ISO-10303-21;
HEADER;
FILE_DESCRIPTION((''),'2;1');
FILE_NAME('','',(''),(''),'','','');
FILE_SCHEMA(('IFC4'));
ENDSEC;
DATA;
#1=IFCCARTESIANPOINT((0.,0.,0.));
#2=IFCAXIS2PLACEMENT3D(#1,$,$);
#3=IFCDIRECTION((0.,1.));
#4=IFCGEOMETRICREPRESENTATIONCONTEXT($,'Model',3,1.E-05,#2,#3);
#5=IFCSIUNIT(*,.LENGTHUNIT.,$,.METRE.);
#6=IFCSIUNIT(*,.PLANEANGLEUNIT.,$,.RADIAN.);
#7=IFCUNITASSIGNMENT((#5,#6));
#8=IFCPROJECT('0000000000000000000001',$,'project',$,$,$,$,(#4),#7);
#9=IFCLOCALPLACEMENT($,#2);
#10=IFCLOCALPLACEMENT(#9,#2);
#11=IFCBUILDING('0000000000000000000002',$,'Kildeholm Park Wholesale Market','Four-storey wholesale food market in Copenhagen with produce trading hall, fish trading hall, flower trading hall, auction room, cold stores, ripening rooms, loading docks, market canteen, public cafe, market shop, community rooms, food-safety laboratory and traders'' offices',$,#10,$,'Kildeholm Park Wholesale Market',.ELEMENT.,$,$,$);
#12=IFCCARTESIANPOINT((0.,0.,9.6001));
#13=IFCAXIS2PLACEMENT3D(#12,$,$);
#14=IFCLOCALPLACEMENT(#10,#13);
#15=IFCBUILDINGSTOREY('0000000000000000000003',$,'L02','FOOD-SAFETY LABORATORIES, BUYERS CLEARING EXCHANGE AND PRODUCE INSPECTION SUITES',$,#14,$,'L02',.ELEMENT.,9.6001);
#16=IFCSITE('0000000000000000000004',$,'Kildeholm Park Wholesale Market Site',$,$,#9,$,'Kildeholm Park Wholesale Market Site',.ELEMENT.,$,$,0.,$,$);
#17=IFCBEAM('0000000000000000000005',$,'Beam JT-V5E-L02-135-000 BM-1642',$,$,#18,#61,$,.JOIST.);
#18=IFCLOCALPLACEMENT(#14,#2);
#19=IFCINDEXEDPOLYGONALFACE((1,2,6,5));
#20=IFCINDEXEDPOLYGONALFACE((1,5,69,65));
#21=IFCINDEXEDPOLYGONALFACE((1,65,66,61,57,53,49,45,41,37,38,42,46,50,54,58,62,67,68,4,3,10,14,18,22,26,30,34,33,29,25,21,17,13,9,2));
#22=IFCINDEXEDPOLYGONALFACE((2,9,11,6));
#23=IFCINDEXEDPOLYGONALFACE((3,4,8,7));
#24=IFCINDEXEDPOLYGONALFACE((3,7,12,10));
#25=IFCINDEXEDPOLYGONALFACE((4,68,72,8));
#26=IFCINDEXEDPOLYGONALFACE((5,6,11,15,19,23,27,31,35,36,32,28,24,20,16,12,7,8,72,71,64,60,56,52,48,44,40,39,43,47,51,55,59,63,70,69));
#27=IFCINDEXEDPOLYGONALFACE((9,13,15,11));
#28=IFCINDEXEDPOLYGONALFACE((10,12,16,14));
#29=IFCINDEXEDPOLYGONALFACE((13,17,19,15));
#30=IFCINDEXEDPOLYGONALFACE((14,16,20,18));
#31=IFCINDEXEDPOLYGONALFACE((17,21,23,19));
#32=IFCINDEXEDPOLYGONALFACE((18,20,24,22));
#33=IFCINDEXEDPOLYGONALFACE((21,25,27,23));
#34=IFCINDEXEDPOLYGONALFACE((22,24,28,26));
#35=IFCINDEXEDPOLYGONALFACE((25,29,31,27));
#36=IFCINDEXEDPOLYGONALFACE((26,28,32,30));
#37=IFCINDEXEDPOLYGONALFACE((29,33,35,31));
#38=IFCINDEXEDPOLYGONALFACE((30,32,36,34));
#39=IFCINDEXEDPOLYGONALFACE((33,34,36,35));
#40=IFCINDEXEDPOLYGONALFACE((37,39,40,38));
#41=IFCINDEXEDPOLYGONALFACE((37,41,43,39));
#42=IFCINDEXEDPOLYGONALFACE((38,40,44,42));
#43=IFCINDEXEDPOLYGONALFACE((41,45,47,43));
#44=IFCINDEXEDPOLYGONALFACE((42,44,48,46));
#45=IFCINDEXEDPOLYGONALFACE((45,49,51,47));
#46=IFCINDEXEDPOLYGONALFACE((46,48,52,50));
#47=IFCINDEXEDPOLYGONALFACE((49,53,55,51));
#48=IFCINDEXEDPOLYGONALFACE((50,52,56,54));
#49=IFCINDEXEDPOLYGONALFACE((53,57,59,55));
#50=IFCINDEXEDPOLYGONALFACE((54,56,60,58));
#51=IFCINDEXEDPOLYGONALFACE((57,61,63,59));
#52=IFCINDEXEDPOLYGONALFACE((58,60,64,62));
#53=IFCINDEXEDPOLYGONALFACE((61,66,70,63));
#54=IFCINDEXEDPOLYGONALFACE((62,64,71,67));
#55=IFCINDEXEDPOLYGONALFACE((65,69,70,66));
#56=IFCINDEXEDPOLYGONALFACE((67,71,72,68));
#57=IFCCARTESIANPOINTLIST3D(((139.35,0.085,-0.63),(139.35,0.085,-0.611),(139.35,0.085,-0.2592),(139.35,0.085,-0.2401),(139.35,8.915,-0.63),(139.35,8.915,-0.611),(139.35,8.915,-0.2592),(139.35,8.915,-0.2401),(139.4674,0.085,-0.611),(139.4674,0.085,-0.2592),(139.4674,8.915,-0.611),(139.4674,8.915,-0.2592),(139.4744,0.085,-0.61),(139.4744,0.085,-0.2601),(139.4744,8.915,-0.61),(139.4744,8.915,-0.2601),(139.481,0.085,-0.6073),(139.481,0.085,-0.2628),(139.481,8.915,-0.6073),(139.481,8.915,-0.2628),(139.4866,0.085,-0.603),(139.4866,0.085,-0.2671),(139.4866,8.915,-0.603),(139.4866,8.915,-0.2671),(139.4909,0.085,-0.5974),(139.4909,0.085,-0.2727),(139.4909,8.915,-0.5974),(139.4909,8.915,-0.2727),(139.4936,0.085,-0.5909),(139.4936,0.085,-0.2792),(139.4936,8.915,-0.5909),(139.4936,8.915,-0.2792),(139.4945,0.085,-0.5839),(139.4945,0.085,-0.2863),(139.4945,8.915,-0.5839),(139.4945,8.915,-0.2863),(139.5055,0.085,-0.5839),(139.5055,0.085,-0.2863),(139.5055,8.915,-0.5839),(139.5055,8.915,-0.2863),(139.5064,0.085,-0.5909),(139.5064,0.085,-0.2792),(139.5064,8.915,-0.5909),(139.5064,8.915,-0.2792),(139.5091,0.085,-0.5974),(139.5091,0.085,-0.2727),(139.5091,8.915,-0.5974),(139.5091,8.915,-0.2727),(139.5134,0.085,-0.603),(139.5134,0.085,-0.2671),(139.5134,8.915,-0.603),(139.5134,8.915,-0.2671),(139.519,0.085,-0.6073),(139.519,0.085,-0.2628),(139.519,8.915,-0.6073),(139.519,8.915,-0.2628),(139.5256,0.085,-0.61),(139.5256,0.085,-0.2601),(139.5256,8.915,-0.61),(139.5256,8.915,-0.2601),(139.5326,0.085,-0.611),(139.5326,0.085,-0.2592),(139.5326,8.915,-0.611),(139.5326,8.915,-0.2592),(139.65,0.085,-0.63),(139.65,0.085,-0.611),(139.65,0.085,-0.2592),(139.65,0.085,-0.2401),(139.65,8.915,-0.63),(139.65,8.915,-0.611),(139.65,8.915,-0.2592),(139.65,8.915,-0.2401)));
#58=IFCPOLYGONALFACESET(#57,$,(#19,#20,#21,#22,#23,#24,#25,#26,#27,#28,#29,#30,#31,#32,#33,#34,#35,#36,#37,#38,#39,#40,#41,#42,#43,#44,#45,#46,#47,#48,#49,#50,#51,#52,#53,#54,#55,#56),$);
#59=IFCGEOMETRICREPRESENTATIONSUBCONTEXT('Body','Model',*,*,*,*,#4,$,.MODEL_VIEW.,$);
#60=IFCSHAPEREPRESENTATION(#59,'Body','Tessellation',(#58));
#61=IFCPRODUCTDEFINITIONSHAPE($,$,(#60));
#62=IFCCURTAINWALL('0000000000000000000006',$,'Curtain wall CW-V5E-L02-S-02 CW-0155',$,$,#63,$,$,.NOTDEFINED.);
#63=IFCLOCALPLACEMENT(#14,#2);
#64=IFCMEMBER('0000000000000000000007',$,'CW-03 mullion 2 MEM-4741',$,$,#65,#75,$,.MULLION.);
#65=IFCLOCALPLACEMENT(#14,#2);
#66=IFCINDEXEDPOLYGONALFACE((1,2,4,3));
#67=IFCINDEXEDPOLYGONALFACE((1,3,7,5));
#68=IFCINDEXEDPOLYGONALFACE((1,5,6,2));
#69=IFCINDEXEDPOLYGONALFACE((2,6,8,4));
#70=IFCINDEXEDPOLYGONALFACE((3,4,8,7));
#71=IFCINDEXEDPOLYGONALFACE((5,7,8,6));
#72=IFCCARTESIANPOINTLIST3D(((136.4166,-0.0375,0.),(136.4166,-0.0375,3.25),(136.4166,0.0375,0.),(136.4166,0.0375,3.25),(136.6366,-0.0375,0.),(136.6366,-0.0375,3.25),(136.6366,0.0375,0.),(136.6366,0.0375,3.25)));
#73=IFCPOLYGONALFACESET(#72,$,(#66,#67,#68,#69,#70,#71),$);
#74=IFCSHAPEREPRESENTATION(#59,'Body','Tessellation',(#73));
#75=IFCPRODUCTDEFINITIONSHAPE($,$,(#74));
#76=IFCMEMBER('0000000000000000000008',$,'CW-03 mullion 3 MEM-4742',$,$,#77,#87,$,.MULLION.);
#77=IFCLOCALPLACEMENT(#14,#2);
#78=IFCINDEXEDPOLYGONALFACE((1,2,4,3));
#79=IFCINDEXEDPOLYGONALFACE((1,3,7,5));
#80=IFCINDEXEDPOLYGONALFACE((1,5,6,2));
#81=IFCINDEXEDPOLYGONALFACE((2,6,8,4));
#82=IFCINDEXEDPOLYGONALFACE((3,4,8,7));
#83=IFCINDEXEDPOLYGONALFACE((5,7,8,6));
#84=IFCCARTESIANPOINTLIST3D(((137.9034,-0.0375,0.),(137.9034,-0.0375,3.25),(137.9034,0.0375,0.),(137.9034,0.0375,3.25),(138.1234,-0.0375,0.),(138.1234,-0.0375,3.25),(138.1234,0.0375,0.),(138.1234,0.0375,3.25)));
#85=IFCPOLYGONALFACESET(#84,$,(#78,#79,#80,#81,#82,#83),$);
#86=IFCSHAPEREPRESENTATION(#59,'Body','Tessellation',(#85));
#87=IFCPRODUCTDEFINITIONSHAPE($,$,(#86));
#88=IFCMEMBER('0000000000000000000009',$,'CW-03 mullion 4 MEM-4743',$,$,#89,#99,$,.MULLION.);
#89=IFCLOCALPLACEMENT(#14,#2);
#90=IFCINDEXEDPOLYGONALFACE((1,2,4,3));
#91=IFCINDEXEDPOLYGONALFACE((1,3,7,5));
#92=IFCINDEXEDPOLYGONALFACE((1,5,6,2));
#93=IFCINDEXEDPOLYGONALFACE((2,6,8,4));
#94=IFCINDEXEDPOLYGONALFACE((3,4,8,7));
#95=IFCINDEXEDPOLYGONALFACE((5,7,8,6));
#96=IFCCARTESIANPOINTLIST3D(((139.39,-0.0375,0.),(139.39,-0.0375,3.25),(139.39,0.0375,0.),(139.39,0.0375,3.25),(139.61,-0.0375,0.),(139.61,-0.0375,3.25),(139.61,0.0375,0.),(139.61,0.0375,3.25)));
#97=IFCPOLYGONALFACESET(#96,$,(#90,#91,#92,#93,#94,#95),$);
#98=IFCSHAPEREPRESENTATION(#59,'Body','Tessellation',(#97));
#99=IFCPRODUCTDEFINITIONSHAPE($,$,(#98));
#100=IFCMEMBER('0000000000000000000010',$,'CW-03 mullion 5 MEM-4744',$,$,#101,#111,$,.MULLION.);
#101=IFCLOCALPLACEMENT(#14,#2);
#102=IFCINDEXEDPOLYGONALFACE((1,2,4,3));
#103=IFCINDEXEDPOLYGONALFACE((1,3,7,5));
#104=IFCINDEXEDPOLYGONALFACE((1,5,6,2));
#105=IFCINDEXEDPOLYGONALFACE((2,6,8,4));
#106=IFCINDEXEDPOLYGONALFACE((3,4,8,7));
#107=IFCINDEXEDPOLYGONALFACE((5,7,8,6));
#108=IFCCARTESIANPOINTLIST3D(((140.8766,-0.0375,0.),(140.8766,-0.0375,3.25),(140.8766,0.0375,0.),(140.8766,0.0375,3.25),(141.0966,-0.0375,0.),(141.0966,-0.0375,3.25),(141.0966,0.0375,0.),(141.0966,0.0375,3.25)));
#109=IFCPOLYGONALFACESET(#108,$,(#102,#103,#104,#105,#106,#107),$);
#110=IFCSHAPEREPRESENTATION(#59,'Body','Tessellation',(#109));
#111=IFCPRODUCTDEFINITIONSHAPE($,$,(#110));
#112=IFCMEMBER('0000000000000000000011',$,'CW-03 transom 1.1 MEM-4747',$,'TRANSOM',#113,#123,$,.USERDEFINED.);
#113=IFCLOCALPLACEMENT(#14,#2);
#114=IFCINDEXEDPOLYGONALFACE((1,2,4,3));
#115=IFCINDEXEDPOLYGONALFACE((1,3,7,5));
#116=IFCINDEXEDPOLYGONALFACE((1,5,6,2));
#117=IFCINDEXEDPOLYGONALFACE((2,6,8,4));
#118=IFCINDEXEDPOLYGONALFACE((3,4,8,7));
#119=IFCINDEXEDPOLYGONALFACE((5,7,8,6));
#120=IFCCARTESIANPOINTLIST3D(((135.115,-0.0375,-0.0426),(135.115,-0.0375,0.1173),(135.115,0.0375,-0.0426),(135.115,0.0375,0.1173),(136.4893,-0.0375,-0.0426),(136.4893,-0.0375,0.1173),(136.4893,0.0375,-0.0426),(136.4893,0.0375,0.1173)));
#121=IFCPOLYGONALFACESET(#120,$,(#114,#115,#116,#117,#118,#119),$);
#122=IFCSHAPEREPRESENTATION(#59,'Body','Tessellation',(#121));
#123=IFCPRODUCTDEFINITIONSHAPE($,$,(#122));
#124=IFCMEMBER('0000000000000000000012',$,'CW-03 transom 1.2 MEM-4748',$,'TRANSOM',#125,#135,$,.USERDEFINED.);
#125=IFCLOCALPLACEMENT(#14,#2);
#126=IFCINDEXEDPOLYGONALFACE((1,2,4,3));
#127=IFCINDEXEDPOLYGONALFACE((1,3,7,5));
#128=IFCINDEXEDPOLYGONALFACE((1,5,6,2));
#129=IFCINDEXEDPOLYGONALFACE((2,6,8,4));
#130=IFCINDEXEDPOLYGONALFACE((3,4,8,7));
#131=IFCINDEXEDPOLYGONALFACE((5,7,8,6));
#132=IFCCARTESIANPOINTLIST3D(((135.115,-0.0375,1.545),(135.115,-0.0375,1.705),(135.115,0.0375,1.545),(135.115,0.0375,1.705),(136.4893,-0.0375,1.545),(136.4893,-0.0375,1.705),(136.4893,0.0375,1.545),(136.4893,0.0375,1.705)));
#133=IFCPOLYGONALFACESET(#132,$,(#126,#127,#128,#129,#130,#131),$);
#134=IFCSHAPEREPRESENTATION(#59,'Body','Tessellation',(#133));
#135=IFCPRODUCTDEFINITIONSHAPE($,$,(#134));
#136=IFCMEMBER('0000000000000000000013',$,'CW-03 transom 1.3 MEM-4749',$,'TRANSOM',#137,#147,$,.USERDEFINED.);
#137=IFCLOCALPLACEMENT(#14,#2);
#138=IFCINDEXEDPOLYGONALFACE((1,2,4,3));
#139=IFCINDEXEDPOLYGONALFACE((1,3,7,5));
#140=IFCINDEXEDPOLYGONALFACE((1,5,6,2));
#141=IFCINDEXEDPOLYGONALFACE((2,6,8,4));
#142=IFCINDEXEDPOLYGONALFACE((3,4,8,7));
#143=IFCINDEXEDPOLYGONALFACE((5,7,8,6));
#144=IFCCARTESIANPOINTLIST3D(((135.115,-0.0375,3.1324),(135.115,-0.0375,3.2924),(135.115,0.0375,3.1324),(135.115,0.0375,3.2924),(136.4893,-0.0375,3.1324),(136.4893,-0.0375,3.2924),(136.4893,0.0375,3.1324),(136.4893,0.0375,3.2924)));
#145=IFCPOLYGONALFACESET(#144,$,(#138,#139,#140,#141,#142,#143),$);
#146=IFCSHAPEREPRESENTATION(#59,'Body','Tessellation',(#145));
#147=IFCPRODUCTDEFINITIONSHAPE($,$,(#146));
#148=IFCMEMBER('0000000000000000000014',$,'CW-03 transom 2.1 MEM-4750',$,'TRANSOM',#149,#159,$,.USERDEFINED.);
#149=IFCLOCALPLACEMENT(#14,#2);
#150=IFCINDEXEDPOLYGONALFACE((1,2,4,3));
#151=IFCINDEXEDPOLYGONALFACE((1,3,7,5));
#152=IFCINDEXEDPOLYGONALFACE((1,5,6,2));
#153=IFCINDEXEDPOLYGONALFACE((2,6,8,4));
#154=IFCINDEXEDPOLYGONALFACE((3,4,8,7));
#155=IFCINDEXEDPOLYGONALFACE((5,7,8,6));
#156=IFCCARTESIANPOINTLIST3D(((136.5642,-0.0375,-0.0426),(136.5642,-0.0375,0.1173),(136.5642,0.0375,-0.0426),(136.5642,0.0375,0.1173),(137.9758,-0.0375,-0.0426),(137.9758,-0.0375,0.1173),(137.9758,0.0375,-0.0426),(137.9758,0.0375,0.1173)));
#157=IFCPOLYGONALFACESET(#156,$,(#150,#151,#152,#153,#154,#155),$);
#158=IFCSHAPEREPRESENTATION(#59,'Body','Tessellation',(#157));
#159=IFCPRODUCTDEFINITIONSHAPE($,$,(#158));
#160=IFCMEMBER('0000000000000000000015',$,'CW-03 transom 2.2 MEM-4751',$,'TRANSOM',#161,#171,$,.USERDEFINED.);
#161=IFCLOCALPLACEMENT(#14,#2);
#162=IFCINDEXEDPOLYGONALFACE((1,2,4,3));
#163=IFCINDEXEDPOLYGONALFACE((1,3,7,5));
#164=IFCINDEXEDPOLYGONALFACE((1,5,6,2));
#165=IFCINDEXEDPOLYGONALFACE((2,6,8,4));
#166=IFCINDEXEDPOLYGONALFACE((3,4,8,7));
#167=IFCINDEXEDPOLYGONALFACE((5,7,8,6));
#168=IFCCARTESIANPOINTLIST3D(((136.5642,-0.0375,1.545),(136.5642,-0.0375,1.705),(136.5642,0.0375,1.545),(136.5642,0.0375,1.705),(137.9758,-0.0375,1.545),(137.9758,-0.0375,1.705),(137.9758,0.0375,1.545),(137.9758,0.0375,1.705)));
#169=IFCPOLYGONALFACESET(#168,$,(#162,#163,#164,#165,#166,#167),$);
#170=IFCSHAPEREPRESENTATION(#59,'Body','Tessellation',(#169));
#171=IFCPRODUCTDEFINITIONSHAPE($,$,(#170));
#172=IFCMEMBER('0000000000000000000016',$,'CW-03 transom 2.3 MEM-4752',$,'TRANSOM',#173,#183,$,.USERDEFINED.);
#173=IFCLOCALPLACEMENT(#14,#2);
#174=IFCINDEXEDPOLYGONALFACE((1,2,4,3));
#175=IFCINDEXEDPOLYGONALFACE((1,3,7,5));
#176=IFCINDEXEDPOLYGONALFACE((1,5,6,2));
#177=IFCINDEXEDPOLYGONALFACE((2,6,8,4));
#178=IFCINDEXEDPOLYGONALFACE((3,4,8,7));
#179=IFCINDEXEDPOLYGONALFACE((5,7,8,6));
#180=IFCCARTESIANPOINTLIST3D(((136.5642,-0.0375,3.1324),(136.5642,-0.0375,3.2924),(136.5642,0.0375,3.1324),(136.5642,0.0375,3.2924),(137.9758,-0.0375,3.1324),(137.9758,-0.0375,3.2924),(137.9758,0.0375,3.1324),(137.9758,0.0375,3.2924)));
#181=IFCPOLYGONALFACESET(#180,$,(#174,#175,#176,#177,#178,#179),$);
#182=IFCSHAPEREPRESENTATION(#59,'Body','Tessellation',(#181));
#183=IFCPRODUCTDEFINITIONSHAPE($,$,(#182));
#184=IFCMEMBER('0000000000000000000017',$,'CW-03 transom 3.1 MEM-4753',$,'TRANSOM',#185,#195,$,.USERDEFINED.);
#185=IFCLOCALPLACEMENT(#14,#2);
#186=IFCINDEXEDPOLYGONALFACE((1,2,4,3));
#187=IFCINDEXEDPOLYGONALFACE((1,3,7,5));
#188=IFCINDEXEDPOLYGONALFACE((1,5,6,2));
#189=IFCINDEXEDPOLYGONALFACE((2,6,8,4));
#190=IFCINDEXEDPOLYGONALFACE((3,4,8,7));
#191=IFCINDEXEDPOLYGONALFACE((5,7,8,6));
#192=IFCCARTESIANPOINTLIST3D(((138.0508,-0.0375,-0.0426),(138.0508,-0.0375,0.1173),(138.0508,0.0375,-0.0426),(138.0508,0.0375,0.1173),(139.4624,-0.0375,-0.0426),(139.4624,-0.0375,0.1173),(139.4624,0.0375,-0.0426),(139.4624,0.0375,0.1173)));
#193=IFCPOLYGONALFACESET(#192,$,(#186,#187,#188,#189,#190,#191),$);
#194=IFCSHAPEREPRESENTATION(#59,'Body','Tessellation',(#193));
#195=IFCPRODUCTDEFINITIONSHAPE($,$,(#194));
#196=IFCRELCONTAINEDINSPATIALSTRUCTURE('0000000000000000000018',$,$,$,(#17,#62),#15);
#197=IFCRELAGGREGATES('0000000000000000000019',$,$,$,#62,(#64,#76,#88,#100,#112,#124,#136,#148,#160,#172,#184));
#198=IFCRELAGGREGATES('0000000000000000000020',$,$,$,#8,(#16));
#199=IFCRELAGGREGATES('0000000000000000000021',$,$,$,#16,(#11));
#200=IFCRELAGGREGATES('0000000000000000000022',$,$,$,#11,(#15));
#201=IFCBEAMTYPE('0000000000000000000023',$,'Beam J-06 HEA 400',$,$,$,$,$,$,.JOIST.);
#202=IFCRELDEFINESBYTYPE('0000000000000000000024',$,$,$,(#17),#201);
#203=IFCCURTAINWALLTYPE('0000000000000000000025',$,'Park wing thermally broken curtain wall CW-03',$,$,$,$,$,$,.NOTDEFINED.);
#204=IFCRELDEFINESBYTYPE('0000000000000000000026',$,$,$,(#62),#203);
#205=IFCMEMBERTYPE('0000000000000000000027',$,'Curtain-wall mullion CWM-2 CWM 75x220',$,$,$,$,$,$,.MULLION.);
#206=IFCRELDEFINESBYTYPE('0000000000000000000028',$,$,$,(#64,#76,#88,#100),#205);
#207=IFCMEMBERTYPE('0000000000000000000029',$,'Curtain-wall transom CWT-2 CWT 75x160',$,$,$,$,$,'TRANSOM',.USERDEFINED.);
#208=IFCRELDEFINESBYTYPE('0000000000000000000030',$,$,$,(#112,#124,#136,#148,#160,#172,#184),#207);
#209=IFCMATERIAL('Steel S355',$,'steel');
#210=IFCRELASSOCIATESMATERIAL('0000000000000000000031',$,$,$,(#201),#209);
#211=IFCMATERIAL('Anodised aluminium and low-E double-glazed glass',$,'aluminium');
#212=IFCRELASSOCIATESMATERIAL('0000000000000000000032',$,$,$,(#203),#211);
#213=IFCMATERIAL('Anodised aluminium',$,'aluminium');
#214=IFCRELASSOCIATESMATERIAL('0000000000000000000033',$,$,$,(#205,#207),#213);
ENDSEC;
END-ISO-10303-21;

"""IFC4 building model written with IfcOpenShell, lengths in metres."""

from ifc_helpers import new_model, si_unit, direction, frame, origin, origin_2d, place, context, subcontext, project, spatial, rectangle, i_section, extrude, material, material_profile, profile_set, type_object, element, aggregate, save


model = new_model("IFC4")

# Units and contexts
model_context = context("Model", 3, precision=1e-05, world=origin(), true_north=direction((0.0, 1.0)))
body_context = subcontext(model_context, "Body", "Model", "MODEL_VIEW")
ifc_project = project(units=[si_unit("LENGTHUNIT", "METRE"), si_unit("PLANEANGLEUNIT", "RADIAN")], contexts=[model_context])

# Site, building, storey
site_placement = place(None, origin())
site = spatial("IfcSite", under=ifc_project, at=site_placement, Name="Kildeholm Park Wholesale Market Site", LongName="Kildeholm Park Wholesale Market Site", CompositionType="ELEMENT", RefElevation=0.0)
building_placement = place(site_placement, origin())
building = spatial("IfcBuilding", under=site, at=building_placement, Name="Kildeholm Park Wholesale Market", Description="Four-storey wholesale food market in Copenhagen with produce trading hall, fish trading hall, flower trading hall, auction room, cold stores, ripening rooms, loading docks, market canteen, public cafe, market shop, community rooms, food-safety laboratory and traders' offices", LongName="Kildeholm Park Wholesale Market", CompositionType="ELEMENT")
storey_placement = place(building_placement, frame((0.0, 0.0, 9.6001)))
storey = spatial("IfcBuildingStorey", under=building, at=storey_placement, Name="L02", Description="FOOD-SAFETY LABORATORIES, BUYERS CLEARING EXCHANGE AND PRODUCE INSPECTION SUITES", LongName="L02", CompositionType="ELEMENT", Elevation=9.6001)

# Beam
ifc_material_1 = material(Name="Steel S355", Category="steel")
ifc_material_profile_1 = material_profile(ifc_material_1, i_section(OverallWidth=0.3, OverallDepth=0.3899, WebThickness=0.011, FlangeThickness=0.019, FilletRadius=0.0271, at=origin_2d()), Name="HEA 400")
ifc_profile_set_1 = profile_set([ifc_material_profile_1], Name="Steel S355")
beam_type = type_object("IfcBeamType", Name="Beam J-06 HEA 400", PredefinedType="JOIST", material=ifc_profile_set_1)
beam_placement = place(storey_placement, frame((139.5, 0.085, -0.4351), z_axis=(0.0, 1.0, 0.0), x_axis=(-1.0, 0.0, 0.0)))
element("IfcBeam", 1, at=beam_placement, inside=storey, type_object=beam_type, Name="Beam JT-V5E-L02-135-000 BM-1642", PredefinedType="JOIST", context=body_context, shape_type="SweptSolid", body=[
    extrude(i_section(OverallWidth=0.3, OverallDepth=0.3899, WebThickness=0.011, FlangeThickness=0.019, FilletRadius=0.0271, at=origin_2d()), origin(), (0.0, 0.0, 1.0), 8.8301),
])

# Curtain wall, members
ifc_material_2 = material(Name="Anodised aluminium and low-E double-glazed glass", Category="aluminium")
curtain_wall_type = type_object("IfcCurtainWallType", Name="Park wing thermally broken curtain wall CW-03", PredefinedType="NOTDEFINED", material=ifc_material_2)
curtain_wall_placement = place(storey_placement, origin())
curtain_wall = element("IfcCurtainWall", 2, at=curtain_wall_placement, inside=storey, type_object=curtain_wall_type, Name="Curtain wall CW-V5E-L02-S-02 CW-0155", PredefinedType="NOTDEFINED")
ifc_material_3 = material(Name="Anodised aluminium", Category="aluminium")
ifc_material_profile_2 = material_profile(ifc_material_3, rectangle(XDim=0.075, YDim=0.22, at=origin_2d()), Name="CWM 75x220")
ifc_profile_set_2 = profile_set([ifc_material_profile_2], Name="Anodised aluminium")
member_type_1 = type_object("IfcMemberType", Name="Curtain-wall mullion CWM-2 CWM 75x220", PredefinedType="MULLION", material=ifc_profile_set_2)
member_1_placement = place(storey_placement, frame((136.5266, 0.0, 0.0), z_axis=(0.0, 0.0, 1.0), x_axis=(0.0, 1.0, 0.0)))
member_1 = element("IfcMember", 3, at=member_1_placement, type_object=member_type_1, Name="CW-03 mullion 2 MEM-4741", PredefinedType="MULLION", context=body_context, shape_type="SweptSolid", body=[
    extrude(rectangle(XDim=0.075, YDim=0.22, at=origin_2d()), origin(), (0.0, 0.0, 1.0), 3.25),
])
member_2_placement = place(storey_placement, frame((138.0134, 0.0, 0.0), z_axis=(0.0, 0.0, 1.0), x_axis=(0.0, 1.0, 0.0)))
member_2 = element("IfcMember", 4, at=member_2_placement, type_object=member_type_1, Name="CW-03 mullion 3 MEM-4742", PredefinedType="MULLION", context=body_context, shape_type="SweptSolid", body=[
    extrude(rectangle(XDim=0.075, YDim=0.22, at=origin_2d()), origin(), (0.0, 0.0, 1.0), 3.25),
])
member_3_placement = place(storey_placement, frame((139.5, 0.0, 0.0), z_axis=(0.0, 0.0, 1.0), x_axis=(0.0, 1.0, 0.0)))
member_3 = element("IfcMember", 5, at=member_3_placement, type_object=member_type_1, Name="CW-03 mullion 4 MEM-4743", PredefinedType="MULLION", context=body_context, shape_type="SweptSolid", body=[
    extrude(rectangle(XDim=0.075, YDim=0.22, at=origin_2d()), origin(), (0.0, 0.0, 1.0), 3.25),
])
member_4_placement = place(storey_placement, frame((140.9866, 0.0, 0.0), z_axis=(0.0, 0.0, 1.0), x_axis=(0.0, 1.0, 0.0)))
member_4 = element("IfcMember", 6, at=member_4_placement, type_object=member_type_1, Name="CW-03 mullion 5 MEM-4744", PredefinedType="MULLION", context=body_context, shape_type="SweptSolid", body=[
    extrude(rectangle(XDim=0.075, YDim=0.22, at=origin_2d()), origin(), (0.0, 0.0, 1.0), 3.25),
])
ifc_material_profile_3 = material_profile(ifc_material_3, rectangle(XDim=0.075, YDim=0.1599, at=origin_2d()), Name="CWT 75x160")
ifc_profile_set_3 = profile_set([ifc_material_profile_3], Name="Anodised aluminium")
member_type_2 = type_object("IfcMemberType", Name="Curtain-wall transom CWT-2 CWT 75x160", ElementType="TRANSOM", PredefinedType="USERDEFINED", material=ifc_profile_set_3)
member_5_placement = place(storey_placement, frame((135.115, 0.0, 0.0374), z_axis=(1.0, 0.0, 0.0), x_axis=(0.0, 1.0, 0.0)))
member_5 = element("IfcMember", 7, at=member_5_placement, type_object=member_type_2, Name="CW-03 transom 1.1 MEM-4747", ObjectType="TRANSOM", PredefinedType="USERDEFINED", context=body_context, shape_type="SweptSolid", body=[
    extrude(rectangle(XDim=0.075, YDim=0.1599, at=origin_2d()), origin(), (0.0, 0.0, 1.0), 1.3743),
])
member_6_placement = place(storey_placement, frame((135.115, 0.0, 1.625), z_axis=(1.0, 0.0, 0.0), x_axis=(0.0, 1.0, 0.0)))
member_6 = element("IfcMember", 8, at=member_6_placement, type_object=member_type_2, Name="CW-03 transom 1.2 MEM-4748", ObjectType="TRANSOM", PredefinedType="USERDEFINED", context=body_context, shape_type="SweptSolid", body=[
    extrude(rectangle(XDim=0.075, YDim=0.1599, at=origin_2d()), origin(), (0.0, 0.0, 1.0), 1.3743),
])
member_7_placement = place(storey_placement, frame((135.115, 0.0, 3.2124), z_axis=(1.0, 0.0, 0.0), x_axis=(0.0, 1.0, 0.0)))
member_7 = element("IfcMember", 9, at=member_7_placement, type_object=member_type_2, Name="CW-03 transom 1.3 MEM-4749", ObjectType="TRANSOM", PredefinedType="USERDEFINED", context=body_context, shape_type="SweptSolid", body=[
    extrude(rectangle(XDim=0.075, YDim=0.1599, at=origin_2d()), origin(), (0.0, 0.0, 1.0), 1.3743),
])
member_8_placement = place(storey_placement, frame((136.5642, 0.0, 0.0374), z_axis=(1.0, 0.0, 0.0), x_axis=(0.0, 1.0, 0.0)))
member_8 = element("IfcMember", 10, at=member_8_placement, type_object=member_type_2, Name="CW-03 transom 2.1 MEM-4750", ObjectType="TRANSOM", PredefinedType="USERDEFINED", context=body_context, shape_type="SweptSolid", body=[
    extrude(rectangle(XDim=0.075, YDim=0.1599, at=origin_2d()), origin(), (0.0, 0.0, 1.0), 1.4116),
])
member_9_placement = place(storey_placement, frame((136.5642, 0.0, 1.625), z_axis=(1.0, 0.0, 0.0), x_axis=(0.0, 1.0, 0.0)))
member_9 = element("IfcMember", 11, at=member_9_placement, type_object=member_type_2, Name="CW-03 transom 2.2 MEM-4751", ObjectType="TRANSOM", PredefinedType="USERDEFINED", context=body_context, shape_type="SweptSolid", body=[
    extrude(rectangle(XDim=0.075, YDim=0.1599, at=origin_2d()), origin(), (0.0, 0.0, 1.0), 1.4116),
])
member_10_placement = place(storey_placement, frame((136.5642, 0.0, 3.2124), z_axis=(1.0, 0.0, 0.0), x_axis=(0.0, 1.0, 0.0)))
member_10 = element("IfcMember", 12, at=member_10_placement, type_object=member_type_2, Name="CW-03 transom 2.3 MEM-4752", ObjectType="TRANSOM", PredefinedType="USERDEFINED", context=body_context, shape_type="SweptSolid", body=[
    extrude(rectangle(XDim=0.075, YDim=0.1599, at=origin_2d()), origin(), (0.0, 0.0, 1.0), 1.4116),
])
member_11_placement = place(storey_placement, frame((138.0508, 0.0, 0.0374), z_axis=(1.0, 0.0, 0.0), x_axis=(0.0, 1.0, 0.0)))
member_11 = element("IfcMember", 13, at=member_11_placement, type_object=member_type_2, Name="CW-03 transom 3.1 MEM-4753", ObjectType="TRANSOM", PredefinedType="USERDEFINED", context=body_context, shape_type="SweptSolid", body=[
    extrude(rectangle(XDim=0.075, YDim=0.1599, at=origin_2d()), origin(), (0.0, 0.0, 1.0), 1.4116),
])
aggregate(curtain_wall, [member_1, member_2, member_3, member_4, member_5, member_6, member_7, member_8, member_9, member_10, member_11])

save(model, "model.ifc")
